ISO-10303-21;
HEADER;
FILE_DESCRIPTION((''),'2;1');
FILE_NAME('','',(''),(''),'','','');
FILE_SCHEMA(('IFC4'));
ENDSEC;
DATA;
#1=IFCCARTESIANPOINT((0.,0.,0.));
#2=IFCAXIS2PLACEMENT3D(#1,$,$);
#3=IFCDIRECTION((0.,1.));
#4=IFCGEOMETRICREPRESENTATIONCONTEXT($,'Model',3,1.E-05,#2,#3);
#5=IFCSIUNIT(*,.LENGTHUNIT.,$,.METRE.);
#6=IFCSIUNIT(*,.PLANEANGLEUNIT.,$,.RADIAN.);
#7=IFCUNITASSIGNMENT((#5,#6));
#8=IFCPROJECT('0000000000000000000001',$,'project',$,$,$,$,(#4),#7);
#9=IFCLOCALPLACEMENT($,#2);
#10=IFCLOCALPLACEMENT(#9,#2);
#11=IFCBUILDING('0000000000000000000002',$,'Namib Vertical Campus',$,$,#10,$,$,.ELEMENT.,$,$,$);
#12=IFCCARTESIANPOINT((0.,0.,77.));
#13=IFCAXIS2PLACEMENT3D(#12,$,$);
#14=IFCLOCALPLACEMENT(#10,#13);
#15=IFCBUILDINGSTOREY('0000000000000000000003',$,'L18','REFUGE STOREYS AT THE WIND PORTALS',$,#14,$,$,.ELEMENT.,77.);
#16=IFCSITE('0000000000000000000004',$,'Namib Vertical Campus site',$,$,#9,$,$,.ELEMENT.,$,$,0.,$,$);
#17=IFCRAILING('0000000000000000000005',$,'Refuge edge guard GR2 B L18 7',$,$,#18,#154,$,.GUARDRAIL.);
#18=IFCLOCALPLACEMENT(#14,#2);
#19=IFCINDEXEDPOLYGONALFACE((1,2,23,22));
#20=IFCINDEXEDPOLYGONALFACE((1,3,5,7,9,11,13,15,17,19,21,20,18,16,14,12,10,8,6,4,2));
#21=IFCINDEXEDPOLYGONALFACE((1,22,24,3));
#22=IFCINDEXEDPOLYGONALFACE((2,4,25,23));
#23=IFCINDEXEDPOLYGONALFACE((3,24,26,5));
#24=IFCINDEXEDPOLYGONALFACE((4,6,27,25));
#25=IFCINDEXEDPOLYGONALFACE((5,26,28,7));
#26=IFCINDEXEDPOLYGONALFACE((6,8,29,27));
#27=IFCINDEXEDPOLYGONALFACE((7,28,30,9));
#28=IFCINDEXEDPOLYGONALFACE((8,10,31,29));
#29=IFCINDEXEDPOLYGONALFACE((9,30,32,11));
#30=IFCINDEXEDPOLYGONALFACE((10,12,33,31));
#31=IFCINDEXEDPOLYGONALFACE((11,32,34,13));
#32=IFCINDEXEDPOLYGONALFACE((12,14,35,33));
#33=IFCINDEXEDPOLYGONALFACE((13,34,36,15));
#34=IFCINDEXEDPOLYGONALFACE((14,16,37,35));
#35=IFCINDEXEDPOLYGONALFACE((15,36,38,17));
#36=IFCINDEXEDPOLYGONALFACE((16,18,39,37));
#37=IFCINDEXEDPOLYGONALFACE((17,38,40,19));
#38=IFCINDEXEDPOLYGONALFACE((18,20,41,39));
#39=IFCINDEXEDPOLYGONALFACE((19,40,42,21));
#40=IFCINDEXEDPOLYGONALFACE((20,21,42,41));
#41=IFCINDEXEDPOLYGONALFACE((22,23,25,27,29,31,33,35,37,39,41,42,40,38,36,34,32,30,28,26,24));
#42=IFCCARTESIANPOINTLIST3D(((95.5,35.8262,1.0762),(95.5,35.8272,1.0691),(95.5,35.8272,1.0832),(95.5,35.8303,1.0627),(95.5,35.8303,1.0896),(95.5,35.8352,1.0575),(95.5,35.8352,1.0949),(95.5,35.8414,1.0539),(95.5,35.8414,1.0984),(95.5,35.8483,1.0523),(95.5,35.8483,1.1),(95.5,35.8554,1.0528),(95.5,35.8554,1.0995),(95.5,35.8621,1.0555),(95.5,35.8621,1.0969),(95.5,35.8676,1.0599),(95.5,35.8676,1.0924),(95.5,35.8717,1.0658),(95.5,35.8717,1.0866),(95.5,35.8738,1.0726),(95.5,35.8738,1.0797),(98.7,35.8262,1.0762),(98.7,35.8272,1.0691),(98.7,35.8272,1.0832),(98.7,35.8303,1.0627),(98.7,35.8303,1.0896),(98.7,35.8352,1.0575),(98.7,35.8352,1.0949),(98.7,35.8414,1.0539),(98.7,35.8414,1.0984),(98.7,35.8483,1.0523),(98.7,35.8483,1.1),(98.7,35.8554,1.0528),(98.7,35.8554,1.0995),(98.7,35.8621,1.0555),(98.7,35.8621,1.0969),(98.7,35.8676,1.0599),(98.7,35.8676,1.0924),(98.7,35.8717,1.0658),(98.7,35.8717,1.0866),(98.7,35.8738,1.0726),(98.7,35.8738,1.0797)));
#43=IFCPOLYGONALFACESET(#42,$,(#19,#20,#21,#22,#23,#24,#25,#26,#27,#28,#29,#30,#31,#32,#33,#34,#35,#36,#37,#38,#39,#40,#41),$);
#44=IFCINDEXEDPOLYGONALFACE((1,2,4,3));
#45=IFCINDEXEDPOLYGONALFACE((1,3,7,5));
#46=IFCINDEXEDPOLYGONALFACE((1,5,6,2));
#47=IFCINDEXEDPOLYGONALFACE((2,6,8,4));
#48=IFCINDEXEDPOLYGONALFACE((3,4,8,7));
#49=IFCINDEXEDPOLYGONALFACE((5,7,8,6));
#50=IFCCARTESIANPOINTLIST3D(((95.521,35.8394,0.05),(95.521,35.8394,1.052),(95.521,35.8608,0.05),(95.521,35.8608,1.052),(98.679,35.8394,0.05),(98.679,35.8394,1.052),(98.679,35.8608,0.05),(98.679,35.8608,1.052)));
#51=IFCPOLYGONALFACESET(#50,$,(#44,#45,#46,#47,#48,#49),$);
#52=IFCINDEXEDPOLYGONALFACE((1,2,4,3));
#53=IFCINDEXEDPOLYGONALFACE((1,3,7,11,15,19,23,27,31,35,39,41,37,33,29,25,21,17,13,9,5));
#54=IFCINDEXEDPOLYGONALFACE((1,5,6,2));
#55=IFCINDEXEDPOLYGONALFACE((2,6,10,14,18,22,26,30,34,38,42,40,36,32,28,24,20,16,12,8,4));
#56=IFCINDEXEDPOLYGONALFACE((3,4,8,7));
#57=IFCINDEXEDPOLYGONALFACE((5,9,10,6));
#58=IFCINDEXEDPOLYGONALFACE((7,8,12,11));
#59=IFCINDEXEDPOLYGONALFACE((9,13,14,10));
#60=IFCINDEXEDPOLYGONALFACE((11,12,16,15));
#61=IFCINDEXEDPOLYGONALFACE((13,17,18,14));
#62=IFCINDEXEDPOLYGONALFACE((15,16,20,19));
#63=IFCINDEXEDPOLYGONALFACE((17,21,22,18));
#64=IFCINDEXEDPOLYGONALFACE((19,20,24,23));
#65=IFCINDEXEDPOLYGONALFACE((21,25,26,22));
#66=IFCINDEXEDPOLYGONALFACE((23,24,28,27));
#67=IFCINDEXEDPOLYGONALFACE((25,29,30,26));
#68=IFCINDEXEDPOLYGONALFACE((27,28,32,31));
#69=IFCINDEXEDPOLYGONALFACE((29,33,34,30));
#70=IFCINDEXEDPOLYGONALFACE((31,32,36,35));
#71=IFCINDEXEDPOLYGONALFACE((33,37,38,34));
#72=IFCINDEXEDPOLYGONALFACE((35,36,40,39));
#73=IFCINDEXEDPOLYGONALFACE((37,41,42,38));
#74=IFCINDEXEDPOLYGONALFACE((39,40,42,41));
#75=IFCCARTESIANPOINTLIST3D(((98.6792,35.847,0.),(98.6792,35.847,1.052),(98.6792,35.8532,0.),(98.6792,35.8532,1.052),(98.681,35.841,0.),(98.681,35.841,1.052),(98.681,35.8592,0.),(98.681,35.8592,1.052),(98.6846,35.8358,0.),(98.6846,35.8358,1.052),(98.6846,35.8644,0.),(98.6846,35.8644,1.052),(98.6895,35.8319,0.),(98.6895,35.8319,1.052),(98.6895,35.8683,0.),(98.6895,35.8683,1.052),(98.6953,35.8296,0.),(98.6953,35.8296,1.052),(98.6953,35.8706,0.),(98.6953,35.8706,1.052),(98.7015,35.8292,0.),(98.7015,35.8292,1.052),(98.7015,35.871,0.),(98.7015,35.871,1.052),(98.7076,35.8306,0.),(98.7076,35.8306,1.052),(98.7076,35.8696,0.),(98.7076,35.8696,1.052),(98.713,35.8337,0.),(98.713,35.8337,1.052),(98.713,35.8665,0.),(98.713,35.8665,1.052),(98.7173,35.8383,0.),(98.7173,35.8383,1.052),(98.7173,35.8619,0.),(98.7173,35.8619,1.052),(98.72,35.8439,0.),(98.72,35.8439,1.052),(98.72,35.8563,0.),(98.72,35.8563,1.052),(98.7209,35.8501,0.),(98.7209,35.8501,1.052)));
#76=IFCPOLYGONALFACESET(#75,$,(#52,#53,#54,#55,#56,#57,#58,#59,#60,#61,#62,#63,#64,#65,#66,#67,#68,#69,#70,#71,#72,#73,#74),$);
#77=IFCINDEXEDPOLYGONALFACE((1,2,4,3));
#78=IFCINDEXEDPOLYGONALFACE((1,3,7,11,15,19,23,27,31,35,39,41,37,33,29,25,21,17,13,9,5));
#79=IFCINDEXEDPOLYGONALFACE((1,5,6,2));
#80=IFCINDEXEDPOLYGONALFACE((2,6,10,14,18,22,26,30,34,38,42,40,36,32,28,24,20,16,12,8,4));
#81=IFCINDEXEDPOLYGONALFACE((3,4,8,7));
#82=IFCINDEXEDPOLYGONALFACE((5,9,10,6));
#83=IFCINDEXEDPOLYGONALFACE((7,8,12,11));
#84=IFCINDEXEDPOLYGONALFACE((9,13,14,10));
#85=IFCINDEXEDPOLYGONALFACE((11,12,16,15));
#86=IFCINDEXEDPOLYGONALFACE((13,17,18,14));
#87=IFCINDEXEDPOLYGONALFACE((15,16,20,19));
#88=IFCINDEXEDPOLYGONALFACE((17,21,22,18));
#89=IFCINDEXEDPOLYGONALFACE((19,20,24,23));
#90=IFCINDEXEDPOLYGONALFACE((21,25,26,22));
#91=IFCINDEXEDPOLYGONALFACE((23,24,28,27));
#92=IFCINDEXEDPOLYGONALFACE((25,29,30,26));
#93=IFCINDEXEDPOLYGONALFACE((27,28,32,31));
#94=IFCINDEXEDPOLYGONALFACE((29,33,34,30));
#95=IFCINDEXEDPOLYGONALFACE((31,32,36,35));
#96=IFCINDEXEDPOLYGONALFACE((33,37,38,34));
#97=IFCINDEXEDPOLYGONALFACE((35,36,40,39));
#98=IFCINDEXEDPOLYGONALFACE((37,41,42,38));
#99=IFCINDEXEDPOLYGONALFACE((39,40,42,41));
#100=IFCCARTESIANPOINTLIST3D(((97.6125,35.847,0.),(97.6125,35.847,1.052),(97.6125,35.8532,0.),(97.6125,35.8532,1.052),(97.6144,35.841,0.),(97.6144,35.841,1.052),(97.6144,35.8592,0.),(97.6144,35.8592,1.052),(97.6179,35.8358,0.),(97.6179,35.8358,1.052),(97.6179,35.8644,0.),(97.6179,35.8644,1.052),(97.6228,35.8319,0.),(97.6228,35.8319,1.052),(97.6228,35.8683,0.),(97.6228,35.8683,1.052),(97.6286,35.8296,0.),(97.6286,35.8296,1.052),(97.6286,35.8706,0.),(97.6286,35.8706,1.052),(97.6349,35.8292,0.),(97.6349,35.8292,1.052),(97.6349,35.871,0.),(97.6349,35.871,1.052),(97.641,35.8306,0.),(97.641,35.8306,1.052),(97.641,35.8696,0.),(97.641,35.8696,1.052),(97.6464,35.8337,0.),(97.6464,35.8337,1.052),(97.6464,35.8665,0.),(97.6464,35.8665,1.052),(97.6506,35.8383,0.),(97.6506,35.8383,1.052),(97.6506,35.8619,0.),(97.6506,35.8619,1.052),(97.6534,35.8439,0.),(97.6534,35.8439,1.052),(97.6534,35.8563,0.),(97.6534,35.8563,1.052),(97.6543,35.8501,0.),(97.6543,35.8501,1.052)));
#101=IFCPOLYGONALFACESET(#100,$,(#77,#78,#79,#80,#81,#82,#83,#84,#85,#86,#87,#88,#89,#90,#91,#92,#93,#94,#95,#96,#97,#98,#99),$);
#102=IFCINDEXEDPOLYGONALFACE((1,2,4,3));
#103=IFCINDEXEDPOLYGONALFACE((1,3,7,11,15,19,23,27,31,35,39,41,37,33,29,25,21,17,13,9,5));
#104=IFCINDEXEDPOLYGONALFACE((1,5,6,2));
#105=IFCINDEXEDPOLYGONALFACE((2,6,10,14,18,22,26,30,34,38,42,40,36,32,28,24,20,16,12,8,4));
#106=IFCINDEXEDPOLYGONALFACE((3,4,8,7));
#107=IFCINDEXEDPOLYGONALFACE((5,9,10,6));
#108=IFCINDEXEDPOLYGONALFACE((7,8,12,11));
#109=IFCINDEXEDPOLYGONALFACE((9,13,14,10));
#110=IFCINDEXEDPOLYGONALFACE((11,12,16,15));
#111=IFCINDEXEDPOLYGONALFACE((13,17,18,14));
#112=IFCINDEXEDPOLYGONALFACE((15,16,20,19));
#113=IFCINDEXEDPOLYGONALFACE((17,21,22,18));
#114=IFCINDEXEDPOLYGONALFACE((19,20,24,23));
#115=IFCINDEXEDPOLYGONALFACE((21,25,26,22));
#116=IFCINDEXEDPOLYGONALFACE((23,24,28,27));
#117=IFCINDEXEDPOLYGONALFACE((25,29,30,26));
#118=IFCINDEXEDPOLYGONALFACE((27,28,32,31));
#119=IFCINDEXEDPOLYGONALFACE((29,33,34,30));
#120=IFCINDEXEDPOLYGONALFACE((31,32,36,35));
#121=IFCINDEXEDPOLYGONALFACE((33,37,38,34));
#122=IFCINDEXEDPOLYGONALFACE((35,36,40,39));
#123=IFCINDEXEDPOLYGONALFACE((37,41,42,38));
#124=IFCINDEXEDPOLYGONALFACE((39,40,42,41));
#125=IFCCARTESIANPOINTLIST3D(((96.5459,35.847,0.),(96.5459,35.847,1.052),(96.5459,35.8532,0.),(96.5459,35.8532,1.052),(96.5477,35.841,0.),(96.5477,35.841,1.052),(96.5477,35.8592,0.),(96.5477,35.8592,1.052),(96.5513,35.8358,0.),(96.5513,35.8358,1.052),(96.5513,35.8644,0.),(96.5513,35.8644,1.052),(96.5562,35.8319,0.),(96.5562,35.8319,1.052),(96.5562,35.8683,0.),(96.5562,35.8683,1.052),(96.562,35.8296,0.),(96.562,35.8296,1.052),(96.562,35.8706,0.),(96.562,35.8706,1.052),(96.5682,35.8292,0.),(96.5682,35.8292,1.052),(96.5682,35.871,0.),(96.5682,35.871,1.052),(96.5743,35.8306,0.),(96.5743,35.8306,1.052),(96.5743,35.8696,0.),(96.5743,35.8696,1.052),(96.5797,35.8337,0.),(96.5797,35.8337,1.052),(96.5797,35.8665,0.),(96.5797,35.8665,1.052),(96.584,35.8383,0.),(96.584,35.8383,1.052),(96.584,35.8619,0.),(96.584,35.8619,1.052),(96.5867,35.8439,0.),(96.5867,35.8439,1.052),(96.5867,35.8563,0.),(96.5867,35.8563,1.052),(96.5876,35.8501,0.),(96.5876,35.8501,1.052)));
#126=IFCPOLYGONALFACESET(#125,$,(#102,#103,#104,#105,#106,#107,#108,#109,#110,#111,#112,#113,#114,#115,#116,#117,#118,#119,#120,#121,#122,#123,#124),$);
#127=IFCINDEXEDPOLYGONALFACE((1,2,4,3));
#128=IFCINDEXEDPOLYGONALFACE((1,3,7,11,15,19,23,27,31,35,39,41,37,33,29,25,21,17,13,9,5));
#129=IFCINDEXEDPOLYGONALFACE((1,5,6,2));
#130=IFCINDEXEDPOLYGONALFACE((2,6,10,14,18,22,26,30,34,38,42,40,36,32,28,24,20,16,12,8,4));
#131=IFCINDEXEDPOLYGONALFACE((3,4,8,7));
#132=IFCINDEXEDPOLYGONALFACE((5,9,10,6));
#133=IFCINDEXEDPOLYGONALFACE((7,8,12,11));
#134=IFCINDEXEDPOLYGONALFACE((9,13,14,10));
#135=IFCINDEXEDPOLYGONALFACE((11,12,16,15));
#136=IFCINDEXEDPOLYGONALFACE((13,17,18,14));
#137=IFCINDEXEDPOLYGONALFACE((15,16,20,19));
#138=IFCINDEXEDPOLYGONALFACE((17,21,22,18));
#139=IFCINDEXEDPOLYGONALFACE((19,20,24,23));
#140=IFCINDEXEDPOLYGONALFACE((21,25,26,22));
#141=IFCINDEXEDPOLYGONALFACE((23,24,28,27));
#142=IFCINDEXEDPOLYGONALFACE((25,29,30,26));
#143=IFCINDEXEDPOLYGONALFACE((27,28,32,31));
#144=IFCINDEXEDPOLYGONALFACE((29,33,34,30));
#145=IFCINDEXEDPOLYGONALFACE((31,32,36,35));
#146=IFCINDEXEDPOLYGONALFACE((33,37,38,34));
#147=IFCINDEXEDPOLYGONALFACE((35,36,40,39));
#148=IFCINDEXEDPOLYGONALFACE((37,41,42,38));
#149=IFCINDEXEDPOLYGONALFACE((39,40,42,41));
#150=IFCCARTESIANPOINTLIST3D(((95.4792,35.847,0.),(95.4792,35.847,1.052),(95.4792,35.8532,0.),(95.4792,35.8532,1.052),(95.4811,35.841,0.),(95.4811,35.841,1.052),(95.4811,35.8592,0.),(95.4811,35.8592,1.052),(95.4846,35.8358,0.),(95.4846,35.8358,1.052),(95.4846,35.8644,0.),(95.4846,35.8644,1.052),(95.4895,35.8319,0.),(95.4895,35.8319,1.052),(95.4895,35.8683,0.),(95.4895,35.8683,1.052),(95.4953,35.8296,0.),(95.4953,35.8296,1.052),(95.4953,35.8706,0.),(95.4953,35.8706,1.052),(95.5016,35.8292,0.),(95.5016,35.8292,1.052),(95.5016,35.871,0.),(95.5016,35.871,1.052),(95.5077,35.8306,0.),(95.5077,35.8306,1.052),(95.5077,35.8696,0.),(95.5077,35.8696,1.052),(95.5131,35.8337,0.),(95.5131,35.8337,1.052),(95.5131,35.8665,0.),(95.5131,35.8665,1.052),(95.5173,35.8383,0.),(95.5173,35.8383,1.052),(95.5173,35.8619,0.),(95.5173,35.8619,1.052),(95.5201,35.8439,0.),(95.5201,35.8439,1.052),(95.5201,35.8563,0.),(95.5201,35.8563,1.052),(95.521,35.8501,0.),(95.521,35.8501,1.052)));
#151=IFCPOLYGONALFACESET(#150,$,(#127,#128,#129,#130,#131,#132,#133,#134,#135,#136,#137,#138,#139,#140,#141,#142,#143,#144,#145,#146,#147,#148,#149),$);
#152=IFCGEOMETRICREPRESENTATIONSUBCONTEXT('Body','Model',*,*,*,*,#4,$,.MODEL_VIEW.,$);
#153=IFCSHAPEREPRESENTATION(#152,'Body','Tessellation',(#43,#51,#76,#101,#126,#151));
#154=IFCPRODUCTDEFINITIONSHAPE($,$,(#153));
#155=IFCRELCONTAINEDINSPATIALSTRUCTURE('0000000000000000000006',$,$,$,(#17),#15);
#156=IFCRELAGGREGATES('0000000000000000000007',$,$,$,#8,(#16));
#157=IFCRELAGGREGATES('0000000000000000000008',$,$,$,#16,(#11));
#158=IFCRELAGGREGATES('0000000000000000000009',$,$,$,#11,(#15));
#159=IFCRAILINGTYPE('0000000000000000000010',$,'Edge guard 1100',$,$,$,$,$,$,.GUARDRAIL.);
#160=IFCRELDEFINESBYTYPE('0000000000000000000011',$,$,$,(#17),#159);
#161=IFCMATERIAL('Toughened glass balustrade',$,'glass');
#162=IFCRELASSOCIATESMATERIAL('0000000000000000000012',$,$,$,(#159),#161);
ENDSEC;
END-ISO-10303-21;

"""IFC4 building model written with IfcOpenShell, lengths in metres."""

from ifc_helpers import new_model, si_unit, direction, frame, origin, origin_2d, place, context, subcontext, project, spatial, polyline, circle, outline, extrude, material, type_object, element, save


model = new_model("IFC4")

# Units and contexts
model_context = context("Model", 3, precision=1e-05, world=origin(), true_north=direction((0.0, 1.0)))
body_context = subcontext(model_context, "Body", "Model", "MODEL_VIEW")
ifc_project = project(units=[si_unit("LENGTHUNIT", "METRE"), si_unit("PLANEANGLEUNIT", "RADIAN")], contexts=[model_context])

# Site, building, storey
site_placement = place(None, origin())
site = spatial("IfcSite", under=ifc_project, at=site_placement, Name="Namib Vertical Campus site", CompositionType="ELEMENT", RefElevation=0.0)
building_placement = place(site_placement, origin())
building = spatial("IfcBuilding", under=site, at=building_placement, Name="Namib Vertical Campus", CompositionType="ELEMENT")
storey_placement = place(building_placement, frame((0.0, 0.0, 77.0)))
storey = spatial("IfcBuildingStorey", under=building, at=storey_placement, Name="L18", Description="REFUGE STOREYS AT THE WIND PORTALS", CompositionType="ELEMENT", Elevation=77.0)

# Railing
ifc_material_1 = material(Name="Toughened glass balustrade", Category="glass")
railing_type_1 = type_object("IfcRailingType", Name="Edge guard 1100", PredefinedType="GUARDRAIL", material=ifc_material_1)
railing_1_placement = place(storey_placement, frame((98.7, 35.8501, 0.0)))
element("IfcRailing", 1, at=railing_1_placement, inside=storey, type_object=railing_type_1, Name="Refuge edge guard GR2 B L18 7", PredefinedType="GUARDRAIL", context=body_context, shape_type="SweptSolid", body=[
    extrude(circle(Radius=0.0239, at=origin_2d()), frame((0.0, 0.0, 1.0762), z_axis=(-1.0, 0.0, 0.0), x_axis=(0.0, -1.0, 0.0)), (0.0, 0.0, 1.0), 3.2),
    extrude(outline(polyline([(0.021, 0.05), (3.179, 0.05), (3.179, 1.052), (0.021, 1.052), (0.021, 0.05)])), frame((0.0, -0.0107, 0.0), z_axis=(0.0, 1.0, 0.0), x_axis=(-1.0, 0.0, 0.0)), (0.0, 0.0, 1.0), 0.0215),
    extrude(circle(Radius=0.021, at=origin_2d()), origin(), (0.0, 0.0, 1.0), 1.052),
    extrude(circle(Radius=0.021, at=origin_2d()), frame((-1.0667, 0.0, 0.0)), (0.0, 0.0, 1.0), 1.052),
    extrude(circle(Radius=0.021, at=origin_2d()), frame((-2.1333, 0.0, 0.0)), (0.0, 0.0, 1.0), 1.052),
    extrude(circle(Radius=0.021, at=origin_2d()), frame((-3.2, 0.0, 0.0)), (0.0, 0.0, 1.0), 1.052),
])

save(model, "model.ifc")
